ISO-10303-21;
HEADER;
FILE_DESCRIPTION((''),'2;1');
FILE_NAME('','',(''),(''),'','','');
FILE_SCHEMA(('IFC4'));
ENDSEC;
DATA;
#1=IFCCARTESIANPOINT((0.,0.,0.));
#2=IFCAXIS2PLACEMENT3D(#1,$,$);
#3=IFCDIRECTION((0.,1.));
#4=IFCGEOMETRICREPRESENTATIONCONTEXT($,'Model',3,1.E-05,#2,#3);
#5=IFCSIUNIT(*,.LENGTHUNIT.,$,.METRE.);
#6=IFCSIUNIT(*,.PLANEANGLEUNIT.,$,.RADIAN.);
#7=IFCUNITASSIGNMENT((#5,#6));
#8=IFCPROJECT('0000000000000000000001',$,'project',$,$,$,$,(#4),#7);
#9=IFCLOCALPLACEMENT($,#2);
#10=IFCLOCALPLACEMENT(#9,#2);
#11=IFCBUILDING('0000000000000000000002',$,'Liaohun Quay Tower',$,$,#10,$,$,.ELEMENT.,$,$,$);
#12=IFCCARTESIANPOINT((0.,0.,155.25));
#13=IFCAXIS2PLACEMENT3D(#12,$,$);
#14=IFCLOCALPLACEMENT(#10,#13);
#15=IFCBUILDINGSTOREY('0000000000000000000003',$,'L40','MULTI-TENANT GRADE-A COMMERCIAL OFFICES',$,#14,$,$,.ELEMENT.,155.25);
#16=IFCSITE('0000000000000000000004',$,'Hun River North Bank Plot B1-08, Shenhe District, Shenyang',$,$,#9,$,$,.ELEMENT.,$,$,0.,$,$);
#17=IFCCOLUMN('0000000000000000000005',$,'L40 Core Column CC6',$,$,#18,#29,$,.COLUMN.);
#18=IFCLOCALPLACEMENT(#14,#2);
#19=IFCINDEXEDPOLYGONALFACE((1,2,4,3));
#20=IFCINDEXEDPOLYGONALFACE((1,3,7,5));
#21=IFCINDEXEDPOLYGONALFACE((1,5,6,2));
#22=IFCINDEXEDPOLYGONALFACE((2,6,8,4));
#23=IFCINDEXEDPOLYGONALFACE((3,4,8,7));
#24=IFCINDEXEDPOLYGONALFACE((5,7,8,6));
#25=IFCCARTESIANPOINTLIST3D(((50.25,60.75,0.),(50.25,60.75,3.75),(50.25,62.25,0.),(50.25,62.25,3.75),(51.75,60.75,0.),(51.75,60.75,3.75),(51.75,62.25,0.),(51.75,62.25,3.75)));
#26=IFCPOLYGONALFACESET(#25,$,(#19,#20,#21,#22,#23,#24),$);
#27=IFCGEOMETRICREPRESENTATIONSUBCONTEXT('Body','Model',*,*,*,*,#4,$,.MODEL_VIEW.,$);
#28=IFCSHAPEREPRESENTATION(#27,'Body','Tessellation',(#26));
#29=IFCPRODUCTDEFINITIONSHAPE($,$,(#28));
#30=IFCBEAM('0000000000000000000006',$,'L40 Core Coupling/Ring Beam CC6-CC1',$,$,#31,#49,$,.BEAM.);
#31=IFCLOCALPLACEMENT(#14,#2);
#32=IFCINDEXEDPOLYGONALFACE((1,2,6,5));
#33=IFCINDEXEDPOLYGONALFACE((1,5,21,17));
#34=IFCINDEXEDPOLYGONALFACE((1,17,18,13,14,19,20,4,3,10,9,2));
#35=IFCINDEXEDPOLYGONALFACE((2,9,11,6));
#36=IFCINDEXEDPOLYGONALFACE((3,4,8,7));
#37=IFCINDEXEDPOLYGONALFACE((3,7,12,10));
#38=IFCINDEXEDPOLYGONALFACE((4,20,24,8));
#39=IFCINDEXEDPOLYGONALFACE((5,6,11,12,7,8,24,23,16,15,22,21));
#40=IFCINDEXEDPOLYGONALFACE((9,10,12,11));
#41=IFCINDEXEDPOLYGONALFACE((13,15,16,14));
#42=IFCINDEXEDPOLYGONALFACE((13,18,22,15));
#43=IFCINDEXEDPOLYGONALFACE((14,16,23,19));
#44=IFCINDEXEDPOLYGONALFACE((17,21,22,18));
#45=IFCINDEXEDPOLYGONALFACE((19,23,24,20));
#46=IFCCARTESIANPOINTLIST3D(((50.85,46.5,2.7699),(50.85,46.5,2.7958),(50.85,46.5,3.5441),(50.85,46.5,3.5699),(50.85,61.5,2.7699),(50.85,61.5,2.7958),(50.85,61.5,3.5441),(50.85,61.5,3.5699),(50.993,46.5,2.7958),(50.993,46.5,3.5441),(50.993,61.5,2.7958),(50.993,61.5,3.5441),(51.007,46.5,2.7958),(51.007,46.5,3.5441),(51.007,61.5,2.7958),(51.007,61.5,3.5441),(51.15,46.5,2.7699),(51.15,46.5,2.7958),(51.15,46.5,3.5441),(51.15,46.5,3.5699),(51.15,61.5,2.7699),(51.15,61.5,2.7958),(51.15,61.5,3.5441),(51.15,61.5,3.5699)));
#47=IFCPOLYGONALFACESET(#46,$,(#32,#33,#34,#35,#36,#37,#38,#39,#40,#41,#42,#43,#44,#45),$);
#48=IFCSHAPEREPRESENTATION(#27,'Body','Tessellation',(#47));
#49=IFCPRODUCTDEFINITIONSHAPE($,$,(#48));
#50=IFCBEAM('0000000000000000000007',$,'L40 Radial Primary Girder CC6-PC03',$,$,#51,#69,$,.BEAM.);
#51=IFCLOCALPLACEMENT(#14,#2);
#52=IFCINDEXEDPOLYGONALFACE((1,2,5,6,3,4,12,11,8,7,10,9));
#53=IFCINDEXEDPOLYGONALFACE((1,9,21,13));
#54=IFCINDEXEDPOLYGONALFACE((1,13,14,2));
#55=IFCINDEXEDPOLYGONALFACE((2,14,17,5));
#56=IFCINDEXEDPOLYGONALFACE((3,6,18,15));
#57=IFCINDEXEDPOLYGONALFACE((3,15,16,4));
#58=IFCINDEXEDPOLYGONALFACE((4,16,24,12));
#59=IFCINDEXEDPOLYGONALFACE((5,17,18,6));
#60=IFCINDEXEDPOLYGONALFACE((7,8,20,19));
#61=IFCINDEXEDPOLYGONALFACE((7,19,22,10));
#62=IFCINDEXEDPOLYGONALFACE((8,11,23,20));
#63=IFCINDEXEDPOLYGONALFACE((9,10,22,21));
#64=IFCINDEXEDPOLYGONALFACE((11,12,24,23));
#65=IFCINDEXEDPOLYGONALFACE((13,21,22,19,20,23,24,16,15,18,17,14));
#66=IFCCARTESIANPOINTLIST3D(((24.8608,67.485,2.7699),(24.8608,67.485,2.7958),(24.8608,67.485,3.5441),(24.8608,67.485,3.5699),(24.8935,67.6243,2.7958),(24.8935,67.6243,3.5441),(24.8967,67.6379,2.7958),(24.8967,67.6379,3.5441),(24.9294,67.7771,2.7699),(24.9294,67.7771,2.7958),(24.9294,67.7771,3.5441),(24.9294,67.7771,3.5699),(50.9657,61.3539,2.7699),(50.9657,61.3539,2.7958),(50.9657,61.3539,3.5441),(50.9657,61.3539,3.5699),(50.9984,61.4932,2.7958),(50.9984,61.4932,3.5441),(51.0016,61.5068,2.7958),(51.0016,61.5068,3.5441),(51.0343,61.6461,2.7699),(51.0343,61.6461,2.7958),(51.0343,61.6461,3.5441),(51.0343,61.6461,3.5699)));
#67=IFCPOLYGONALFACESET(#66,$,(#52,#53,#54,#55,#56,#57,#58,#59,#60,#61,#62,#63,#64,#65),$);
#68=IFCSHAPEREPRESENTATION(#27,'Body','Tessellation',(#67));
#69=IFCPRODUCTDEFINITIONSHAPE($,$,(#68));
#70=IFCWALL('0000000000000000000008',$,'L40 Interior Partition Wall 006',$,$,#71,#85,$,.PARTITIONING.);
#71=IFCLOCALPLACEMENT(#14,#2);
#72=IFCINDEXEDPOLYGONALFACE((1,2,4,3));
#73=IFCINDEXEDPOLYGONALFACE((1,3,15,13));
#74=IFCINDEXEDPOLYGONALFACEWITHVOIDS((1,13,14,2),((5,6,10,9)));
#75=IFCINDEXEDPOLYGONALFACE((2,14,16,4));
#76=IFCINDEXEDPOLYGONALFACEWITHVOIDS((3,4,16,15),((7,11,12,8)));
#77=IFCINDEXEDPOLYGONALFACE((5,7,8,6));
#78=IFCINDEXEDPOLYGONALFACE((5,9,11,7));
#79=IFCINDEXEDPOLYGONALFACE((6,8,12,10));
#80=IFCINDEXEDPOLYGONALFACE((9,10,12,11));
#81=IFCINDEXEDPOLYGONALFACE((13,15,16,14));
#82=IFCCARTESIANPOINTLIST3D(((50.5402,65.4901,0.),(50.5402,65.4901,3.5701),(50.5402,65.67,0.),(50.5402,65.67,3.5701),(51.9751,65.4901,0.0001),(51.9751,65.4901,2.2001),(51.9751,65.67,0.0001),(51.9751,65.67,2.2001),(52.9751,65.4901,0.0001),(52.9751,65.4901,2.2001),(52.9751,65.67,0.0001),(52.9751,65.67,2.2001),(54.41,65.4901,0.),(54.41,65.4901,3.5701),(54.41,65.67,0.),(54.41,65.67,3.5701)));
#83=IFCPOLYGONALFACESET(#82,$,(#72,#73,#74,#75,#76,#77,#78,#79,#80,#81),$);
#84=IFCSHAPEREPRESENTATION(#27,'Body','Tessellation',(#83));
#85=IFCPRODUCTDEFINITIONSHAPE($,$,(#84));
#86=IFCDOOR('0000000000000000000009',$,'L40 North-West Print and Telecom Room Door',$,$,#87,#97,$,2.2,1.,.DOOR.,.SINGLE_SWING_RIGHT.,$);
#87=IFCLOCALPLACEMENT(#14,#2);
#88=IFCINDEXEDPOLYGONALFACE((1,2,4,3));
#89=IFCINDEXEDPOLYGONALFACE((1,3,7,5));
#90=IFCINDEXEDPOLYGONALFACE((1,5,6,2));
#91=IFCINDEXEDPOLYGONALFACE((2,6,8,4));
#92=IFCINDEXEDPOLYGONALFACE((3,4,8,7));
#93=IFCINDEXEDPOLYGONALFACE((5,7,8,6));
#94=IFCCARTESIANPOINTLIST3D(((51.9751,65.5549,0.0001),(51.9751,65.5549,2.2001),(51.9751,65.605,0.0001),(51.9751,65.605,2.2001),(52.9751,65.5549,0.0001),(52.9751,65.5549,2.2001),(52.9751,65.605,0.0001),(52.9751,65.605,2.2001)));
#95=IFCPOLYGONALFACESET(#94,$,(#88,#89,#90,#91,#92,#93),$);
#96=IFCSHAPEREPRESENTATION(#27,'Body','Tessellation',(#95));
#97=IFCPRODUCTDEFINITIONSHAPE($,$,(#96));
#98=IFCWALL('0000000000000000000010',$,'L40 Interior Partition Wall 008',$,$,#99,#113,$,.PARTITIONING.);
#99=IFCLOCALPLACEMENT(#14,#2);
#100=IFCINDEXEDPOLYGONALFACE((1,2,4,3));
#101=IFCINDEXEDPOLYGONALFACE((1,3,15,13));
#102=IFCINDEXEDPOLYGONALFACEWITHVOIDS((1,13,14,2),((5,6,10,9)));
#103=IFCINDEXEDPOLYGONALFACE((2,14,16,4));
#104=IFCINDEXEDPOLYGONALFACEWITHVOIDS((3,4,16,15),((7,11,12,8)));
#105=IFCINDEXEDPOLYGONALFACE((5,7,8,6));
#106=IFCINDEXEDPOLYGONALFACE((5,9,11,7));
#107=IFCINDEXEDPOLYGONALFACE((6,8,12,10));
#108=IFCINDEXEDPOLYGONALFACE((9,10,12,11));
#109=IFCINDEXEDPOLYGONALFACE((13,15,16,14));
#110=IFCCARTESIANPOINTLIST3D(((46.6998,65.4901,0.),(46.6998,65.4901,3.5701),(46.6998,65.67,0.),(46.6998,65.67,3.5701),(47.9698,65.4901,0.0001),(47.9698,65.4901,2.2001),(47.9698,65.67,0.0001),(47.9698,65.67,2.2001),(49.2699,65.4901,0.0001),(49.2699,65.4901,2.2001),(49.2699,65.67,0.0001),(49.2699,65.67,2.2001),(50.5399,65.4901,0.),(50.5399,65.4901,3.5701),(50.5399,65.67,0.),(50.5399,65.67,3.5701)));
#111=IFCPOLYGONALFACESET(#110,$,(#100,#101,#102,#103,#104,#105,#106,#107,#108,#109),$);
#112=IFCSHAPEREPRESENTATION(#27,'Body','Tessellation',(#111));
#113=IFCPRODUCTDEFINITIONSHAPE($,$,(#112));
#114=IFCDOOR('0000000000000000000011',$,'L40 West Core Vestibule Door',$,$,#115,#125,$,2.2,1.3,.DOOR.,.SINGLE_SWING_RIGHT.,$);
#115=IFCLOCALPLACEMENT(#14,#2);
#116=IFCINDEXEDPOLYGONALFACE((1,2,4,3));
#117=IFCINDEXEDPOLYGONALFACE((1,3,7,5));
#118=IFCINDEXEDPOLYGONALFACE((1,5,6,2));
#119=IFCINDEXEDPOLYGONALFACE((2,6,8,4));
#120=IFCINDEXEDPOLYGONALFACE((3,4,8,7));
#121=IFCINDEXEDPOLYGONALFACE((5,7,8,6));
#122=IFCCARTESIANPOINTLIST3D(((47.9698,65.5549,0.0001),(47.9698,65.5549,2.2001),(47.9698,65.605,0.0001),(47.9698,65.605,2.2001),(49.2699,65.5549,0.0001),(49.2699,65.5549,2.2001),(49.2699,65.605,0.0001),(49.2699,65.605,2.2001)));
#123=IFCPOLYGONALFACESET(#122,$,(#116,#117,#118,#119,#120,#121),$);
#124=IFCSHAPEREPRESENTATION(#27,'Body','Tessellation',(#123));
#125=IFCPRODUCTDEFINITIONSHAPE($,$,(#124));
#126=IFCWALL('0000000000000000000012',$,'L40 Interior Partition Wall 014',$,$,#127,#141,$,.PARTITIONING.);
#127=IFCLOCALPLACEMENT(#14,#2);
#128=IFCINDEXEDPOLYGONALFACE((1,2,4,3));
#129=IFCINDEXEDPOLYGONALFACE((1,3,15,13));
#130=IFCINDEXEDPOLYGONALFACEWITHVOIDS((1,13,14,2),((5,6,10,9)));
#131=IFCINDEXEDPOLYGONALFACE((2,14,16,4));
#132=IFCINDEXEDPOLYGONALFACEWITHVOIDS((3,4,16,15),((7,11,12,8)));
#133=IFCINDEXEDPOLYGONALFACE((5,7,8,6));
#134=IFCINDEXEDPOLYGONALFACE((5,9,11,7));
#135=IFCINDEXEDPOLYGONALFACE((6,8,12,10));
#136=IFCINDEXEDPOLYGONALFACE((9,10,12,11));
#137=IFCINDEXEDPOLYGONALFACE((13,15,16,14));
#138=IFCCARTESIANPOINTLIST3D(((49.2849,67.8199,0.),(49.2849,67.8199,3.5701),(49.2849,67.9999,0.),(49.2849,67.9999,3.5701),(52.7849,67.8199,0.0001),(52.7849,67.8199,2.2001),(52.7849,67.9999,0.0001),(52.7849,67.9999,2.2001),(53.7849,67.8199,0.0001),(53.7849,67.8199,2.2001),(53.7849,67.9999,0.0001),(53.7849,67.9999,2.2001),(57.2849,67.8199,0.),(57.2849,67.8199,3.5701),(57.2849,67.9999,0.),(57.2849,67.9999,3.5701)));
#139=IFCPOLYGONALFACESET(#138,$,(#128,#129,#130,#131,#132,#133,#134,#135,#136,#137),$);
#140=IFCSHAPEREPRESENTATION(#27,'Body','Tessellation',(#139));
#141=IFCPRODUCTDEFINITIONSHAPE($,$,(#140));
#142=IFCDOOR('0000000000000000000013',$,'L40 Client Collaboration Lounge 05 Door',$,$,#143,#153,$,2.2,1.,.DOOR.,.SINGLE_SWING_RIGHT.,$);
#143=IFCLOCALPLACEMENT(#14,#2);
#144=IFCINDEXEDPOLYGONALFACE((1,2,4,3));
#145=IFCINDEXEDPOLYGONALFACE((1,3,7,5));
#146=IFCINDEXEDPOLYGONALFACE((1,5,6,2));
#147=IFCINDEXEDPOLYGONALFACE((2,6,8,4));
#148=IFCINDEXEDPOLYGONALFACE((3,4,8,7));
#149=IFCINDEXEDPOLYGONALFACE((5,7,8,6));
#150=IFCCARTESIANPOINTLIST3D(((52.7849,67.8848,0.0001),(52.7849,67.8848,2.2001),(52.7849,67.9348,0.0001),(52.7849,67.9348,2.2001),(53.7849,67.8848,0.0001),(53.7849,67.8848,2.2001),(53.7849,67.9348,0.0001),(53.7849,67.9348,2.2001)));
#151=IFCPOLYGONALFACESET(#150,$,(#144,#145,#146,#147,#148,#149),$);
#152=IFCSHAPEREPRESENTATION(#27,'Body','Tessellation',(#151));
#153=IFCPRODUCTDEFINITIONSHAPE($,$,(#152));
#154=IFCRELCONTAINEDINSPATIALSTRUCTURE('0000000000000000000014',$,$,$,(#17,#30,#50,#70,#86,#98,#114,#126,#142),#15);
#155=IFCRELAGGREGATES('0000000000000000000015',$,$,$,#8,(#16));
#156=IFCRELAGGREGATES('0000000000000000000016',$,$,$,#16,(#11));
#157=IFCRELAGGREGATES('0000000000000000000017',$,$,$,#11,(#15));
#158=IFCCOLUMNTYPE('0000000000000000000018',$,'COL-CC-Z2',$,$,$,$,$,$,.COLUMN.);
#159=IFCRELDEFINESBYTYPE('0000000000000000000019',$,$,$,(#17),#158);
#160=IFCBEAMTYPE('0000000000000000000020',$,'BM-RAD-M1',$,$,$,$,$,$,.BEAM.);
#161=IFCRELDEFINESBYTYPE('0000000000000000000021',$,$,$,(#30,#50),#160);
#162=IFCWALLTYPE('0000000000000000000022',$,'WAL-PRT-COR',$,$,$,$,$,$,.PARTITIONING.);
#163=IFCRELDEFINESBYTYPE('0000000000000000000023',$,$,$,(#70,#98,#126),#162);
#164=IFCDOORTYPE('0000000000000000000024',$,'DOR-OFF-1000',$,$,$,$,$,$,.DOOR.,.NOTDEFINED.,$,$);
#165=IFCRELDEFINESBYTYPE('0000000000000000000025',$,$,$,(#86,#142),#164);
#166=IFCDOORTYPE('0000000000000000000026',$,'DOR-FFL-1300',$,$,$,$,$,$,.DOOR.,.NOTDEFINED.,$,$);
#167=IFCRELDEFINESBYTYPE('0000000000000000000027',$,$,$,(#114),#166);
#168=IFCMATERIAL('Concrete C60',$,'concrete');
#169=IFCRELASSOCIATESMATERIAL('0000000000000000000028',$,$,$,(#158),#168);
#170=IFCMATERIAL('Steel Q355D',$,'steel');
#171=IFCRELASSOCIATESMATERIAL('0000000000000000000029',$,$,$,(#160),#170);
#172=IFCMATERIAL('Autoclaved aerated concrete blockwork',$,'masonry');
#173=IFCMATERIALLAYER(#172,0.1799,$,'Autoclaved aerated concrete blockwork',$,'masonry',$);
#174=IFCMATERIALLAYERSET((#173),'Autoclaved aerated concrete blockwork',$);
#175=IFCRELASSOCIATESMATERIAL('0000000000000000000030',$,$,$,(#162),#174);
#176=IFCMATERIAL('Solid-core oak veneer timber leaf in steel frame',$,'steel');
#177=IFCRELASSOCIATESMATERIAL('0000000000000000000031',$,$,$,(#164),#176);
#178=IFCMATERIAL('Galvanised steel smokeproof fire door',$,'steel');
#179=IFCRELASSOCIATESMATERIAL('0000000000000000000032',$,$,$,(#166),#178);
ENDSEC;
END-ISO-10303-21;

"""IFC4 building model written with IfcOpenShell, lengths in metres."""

from ifc_helpers import new_model, si_unit, direction, frame, frame_2d, origin, origin_2d, place, context, subcontext, project, spatial, rectangle, i_section, extrude, source, transform, mapped, material, layer, layer_set, material_profile, profile_set, type_object, element, fill, save


model = new_model("IFC4")

# Units and contexts
model_context = context("Model", 3, precision=1e-05, world=origin(), true_north=direction((0.0, 1.0)))
body_context = subcontext(model_context, "Body", "Model", "MODEL_VIEW")
ifc_project = project(units=[si_unit("LENGTHUNIT", "METRE"), si_unit("PLANEANGLEUNIT", "RADIAN")], contexts=[model_context])

# Site, building, storey
site_placement = place(None, origin())
site = spatial("IfcSite", under=ifc_project, at=site_placement, Name="Hun River North Bank Plot B1-08, Shenhe District, Shenyang", CompositionType="ELEMENT", RefElevation=0.0)
building_placement = place(site_placement, origin())
building = spatial("IfcBuilding", under=site, at=building_placement, Name="Liaohun Quay Tower", CompositionType="ELEMENT")
storey_placement = place(building_placement, frame((0.0, 0.0, 155.25)))
storey = spatial("IfcBuildingStorey", under=building, at=storey_placement, Name="L40", Description="MULTI-TENANT GRADE-A COMMERCIAL OFFICES", CompositionType="ELEMENT", Elevation=155.25)

# Column
ifc_material_1 = material(Name="Concrete C60", Category="concrete")
ifc_material_profile_1 = material_profile(ifc_material_1, rectangle(XDim=1.5, YDim=1.5, at=origin_2d()), Name="RC1500x1500")
ifc_profile_set_1 = profile_set([ifc_material_profile_1], Name="Concrete C60")
column_type = type_object("IfcColumnType", Name="COL-CC-Z2", PredefinedType="COLUMN", material=ifc_profile_set_1)
shared_shape_1 = source(origin(), body_context, "Body", "SweptSolid", [
    extrude(rectangle(XDim=1.5, YDim=1.5, at=origin_2d()), origin(), (0.0, 0.0, 1.0), 3.75),
])
column_placement = place(storey_placement, frame((51.0, 61.5, 0.0), z_axis=(0.0, 0.0, 1.0), x_axis=(1.0, 0.0, 0.0)))
element("IfcColumn", 1, at=column_placement, inside=storey, type_object=column_type, Name="L40 Core Column CC6", PredefinedType="COLUMN", context=body_context, shape_type="MappedRepresentation", body=[
    mapped(shared_shape_1, transform((0.0, 0.0, 0.0), x_axis=(1.0, 0.0, 0.0), y_axis=(0.0, 1.0, 0.0), z_axis=(0.0, 0.0, 1.0), scale=1.0)),
])

# Beams
ifc_material_2 = material(Name="Steel Q355D", Category="steel")
ifc_material_profile_2 = material_profile(ifc_material_2, i_section(OverallWidth=0.3, OverallDepth=0.8, WebThickness=0.0139, FlangeThickness=0.0259, at=origin_2d()), Name="HN800x300x14x26")
ifc_profile_set_2 = profile_set([ifc_material_profile_2], Name="Steel Q355D")
beam_type = type_object("IfcBeamType", Name="BM-RAD-M1", PredefinedType="BEAM", material=ifc_profile_set_2)
shared_shape_2 = source(origin(), body_context, "Body", "SweptSolid", [
    extrude(i_section(OverallWidth=0.3, OverallDepth=0.8, WebThickness=0.0139, FlangeThickness=0.0259, at=origin_2d()), origin(), (0.0, 0.0, 1.0), 15.0),
])
beam_1_placement = place(storey_placement, frame((51.0, 61.5, 3.1699), z_axis=(0.0, -1.0, 0.0), x_axis=(1.0, 0.0, 0.0)))
element("IfcBeam", 2, at=beam_1_placement, inside=storey, type_object=beam_type, Name="L40 Core Coupling/Ring Beam CC6-CC1", PredefinedType="BEAM", context=body_context, shape_type="MappedRepresentation", body=[
    mapped(shared_shape_2, transform((0.0, 0.0, 0.0), x_axis=(1.0, 0.0, 0.0), y_axis=(0.0, 1.0, 0.0), z_axis=(0.0, 0.0, 1.0), scale=1.0)),
])
shared_shape_3 = source(origin(), body_context, "Body", "SweptSolid", [
    extrude(i_section(OverallWidth=0.3, OverallDepth=0.8, WebThickness=0.0139, FlangeThickness=0.0259, at=origin_2d()), origin(), (0.0, 0.0, 1.0), 26.8152),
])
beam_2_placement = place(storey_placement, frame((51.0, 61.5, 3.1699), z_axis=(-0.973511, 0.228642, 0.0), x_axis=(-0.228642, -0.973511, 0.0)))
element("IfcBeam", 3, at=beam_2_placement, inside=storey, type_object=beam_type, Name="L40 Radial Primary Girder CC6-PC03", PredefinedType="BEAM", context=body_context, shape_type="MappedRepresentation", body=[
    mapped(shared_shape_3, transform((0.0, 0.0, 0.0), x_axis=(1.0, 0.0, 0.0), y_axis=(0.0, 1.0, 0.0), z_axis=(0.0, 0.0, 1.0), scale=1.0)),
])

# Walls, openings, doors
ifc_material_3 = material(Name="Autoclaved aerated concrete blockwork", Category="masonry")
ifc_layer_1 = layer(ifc_material_3, 0.1799, Name="Autoclaved aerated concrete blockwork", Category="masonry")
ifc_layer_set_1 = layer_set([ifc_layer_1], Name="Autoclaved aerated concrete blockwork")
wall_type_1 = type_object("IfcWallType", Name="WAL-PRT-COR", PredefinedType="PARTITIONING", material=ifc_layer_set_1)
wall_1_placement = place(storey_placement, frame((50.54, 65.5801, 0.0), z_axis=(0.0, 0.0, 1.0), x_axis=(1.0, 0.0, 0.0)))
wall_1 = element("IfcWall", 4, at=wall_1_placement, inside=storey, type_object=wall_type_1, Name="L40 Interior Partition Wall 006", PredefinedType="PARTITIONING", context=body_context, shape_type="SweptSolid", body=[
    extrude(rectangle(XDim=3.8699, YDim=0.1799, at=frame_2d((1.9351, 0.0))), origin(), (0.0, 0.0, 1.0), 3.5701),
])
shared_shape_4 = source(origin(), body_context, "Body", "SweptSolid", [
    extrude(rectangle(XDim=1.0, YDim=2.2, at=frame_2d((0.5, 1.1001))), frame((0.0, 0.0999, 0.0), z_axis=(0.0, -1.0, 0.0), x_axis=(1.0, 0.0, 0.0)), (0.0, 0.0, 1.0), 0.2),
])
opening_1_placement = place(wall_1_placement, frame((1.4351, 0.0, 0.0)))
opening_1 = element("IfcOpeningElement", 5, at=opening_1_placement, cuts=wall_1, PredefinedType="OPENING", context=body_context, shape_type="MappedRepresentation", body=[
    mapped(shared_shape_4, transform((0.0, 0.0, 0.0), x_axis=(1.0, 0.0, 0.0), y_axis=(0.0, 1.0, 0.0), z_axis=(0.0, 0.0, 1.0), scale=1.0)),
])
ifc_material_4 = material(Name="Solid-core oak veneer timber leaf in steel frame", Category="steel")
door_type_1 = type_object("IfcDoorType", Name="DOR-OFF-1000", OperationType="NOTDEFINED", PredefinedType="DOOR", material=ifc_material_4)
shared_shape_5 = source(origin(), body_context, "Body", "SweptSolid", [
    extrude(rectangle(XDim=1.0, YDim=2.2, at=frame_2d((0.5, 1.1001))), frame((0.0, 0.0249, 0.0), z_axis=(0.0, -1.0, 0.0), x_axis=(1.0, 0.0, 0.0)), (0.0, 0.0, 1.0), 0.05),
])
door_1_placement = place(opening_1_placement, origin())
door_1 = element("IfcDoor", 6, at=door_1_placement, inside=storey, type_object=door_type_1, Name="L40 North-West Print and Telecom Room Door", OperationType="SINGLE_SWING_RIGHT", OverallHeight=2.2, OverallWidth=1.0, PredefinedType="DOOR", context=body_context, shape_type="MappedRepresentation", body=[
    mapped(shared_shape_5, transform((0.0, 0.0, 0.0), x_axis=(1.0, 0.0, 0.0), y_axis=(0.0, 1.0, 0.0), z_axis=(0.0, 0.0, 1.0), scale=1.0)),
])
fill(opening_1, door_1)
wall_2_placement = place(storey_placement, frame((46.7, 65.5801, 0.0), z_axis=(0.0, 0.0, 1.0), x_axis=(1.0, 0.0, 0.0)))
wall_2 = element("IfcWall", 7, at=wall_2_placement, inside=storey, type_object=wall_type_1, Name="L40 Interior Partition Wall 008", PredefinedType="PARTITIONING", context=body_context, shape_type="SweptSolid", body=[
    extrude(rectangle(XDim=3.8401, YDim=0.1799, at=frame_2d((1.9199, 0.0))), origin(), (0.0, 0.0, 1.0), 3.5701),
])
shared_shape_6 = source(origin(), body_context, "Body", "SweptSolid", [
    extrude(rectangle(XDim=1.3, YDim=2.2, at=frame_2d((0.6499, 1.1001))), frame((0.0, 0.0999, 0.0), z_axis=(0.0, -1.0, 0.0), x_axis=(1.0, 0.0, 0.0)), (0.0, 0.0, 1.0), 0.2),
])
opening_2_placement = place(wall_2_placement, frame((1.27, 0.0, 0.0)))
opening_2 = element("IfcOpeningElement", 8, at=opening_2_placement, cuts=wall_2, PredefinedType="OPENING", context=body_context, shape_type="MappedRepresentation", body=[
    mapped(shared_shape_6, transform((0.0, 0.0, 0.0), x_axis=(1.0, 0.0, 0.0), y_axis=(0.0, 1.0, 0.0), z_axis=(0.0, 0.0, 1.0), scale=1.0)),
])
ifc_material_5 = material(Name="Galvanised steel smokeproof fire door", Category="steel")
door_type_2 = type_object("IfcDoorType", Name="DOR-FFL-1300", OperationType="NOTDEFINED", PredefinedType="DOOR", material=ifc_material_5)
shared_shape_7 = source(origin(), body_context, "Body", "SweptSolid", [
    extrude(rectangle(XDim=1.3, YDim=2.2, at=frame_2d((0.6499, 1.1001))), frame((0.0, 0.0249, 0.0), z_axis=(0.0, -1.0, 0.0), x_axis=(1.0, 0.0, 0.0)), (0.0, 0.0, 1.0), 0.05),
])
door_2_placement = place(opening_2_placement, origin())
door_2 = element("IfcDoor", 9, at=door_2_placement, inside=storey, type_object=door_type_2, Name="L40 West Core Vestibule Door", OperationType="SINGLE_SWING_RIGHT", OverallHeight=2.2, OverallWidth=1.3, PredefinedType="DOOR", context=body_context, shape_type="MappedRepresentation", body=[
    mapped(shared_shape_7, transform((0.0, 0.0, 0.0), x_axis=(1.0, 0.0, 0.0), y_axis=(0.0, 1.0, 0.0), z_axis=(0.0, 0.0, 1.0), scale=1.0)),
])
fill(opening_2, door_2)
wall_3_placement = place(storey_placement, frame((49.2849, 67.9099, 0.0), z_axis=(0.0, 0.0, 1.0), x_axis=(1.0, 0.0, 0.0)))
wall_3 = element("IfcWall", 10, at=wall_3_placement, inside=storey, type_object=wall_type_1, Name="L40 Interior Partition Wall 014", PredefinedType="PARTITIONING", context=body_context, shape_type="SweptSolid", body=[
    extrude(rectangle(XDim=8.0, YDim=0.1799, at=frame_2d((4.0, 0.0))), origin(), (0.0, 0.0, 1.0), 3.5701),
])
opening_3_placement = place(wall_3_placement, frame((3.5, 0.0, 0.0)))
opening_3 = element("IfcOpeningElement", 11, at=opening_3_placement, cuts=wall_3, PredefinedType="OPENING", context=body_context, shape_type="MappedRepresentation", body=[
    mapped(shared_shape_4, transform((0.0, 0.0, 0.0), x_axis=(1.0, 0.0, 0.0), y_axis=(0.0, 1.0, 0.0), z_axis=(0.0, 0.0, 1.0), scale=1.0)),
])
door_3_placement = place(opening_3_placement, origin())
door_3 = element("IfcDoor", 12, at=door_3_placement, inside=storey, type_object=door_type_1, Name="L40 Client Collaboration Lounge 05 Door", OperationType="SINGLE_SWING_RIGHT", OverallHeight=2.2, OverallWidth=1.0, PredefinedType="DOOR", context=body_context, shape_type="MappedRepresentation", body=[
    mapped(shared_shape_5, transform((0.0, 0.0, 0.0), x_axis=(1.0, 0.0, 0.0), y_axis=(0.0, 1.0, 0.0), z_axis=(0.0, 0.0, 1.0), scale=1.0)),
])
fill(opening_3, door_3)

save(model, "model.ifc")
